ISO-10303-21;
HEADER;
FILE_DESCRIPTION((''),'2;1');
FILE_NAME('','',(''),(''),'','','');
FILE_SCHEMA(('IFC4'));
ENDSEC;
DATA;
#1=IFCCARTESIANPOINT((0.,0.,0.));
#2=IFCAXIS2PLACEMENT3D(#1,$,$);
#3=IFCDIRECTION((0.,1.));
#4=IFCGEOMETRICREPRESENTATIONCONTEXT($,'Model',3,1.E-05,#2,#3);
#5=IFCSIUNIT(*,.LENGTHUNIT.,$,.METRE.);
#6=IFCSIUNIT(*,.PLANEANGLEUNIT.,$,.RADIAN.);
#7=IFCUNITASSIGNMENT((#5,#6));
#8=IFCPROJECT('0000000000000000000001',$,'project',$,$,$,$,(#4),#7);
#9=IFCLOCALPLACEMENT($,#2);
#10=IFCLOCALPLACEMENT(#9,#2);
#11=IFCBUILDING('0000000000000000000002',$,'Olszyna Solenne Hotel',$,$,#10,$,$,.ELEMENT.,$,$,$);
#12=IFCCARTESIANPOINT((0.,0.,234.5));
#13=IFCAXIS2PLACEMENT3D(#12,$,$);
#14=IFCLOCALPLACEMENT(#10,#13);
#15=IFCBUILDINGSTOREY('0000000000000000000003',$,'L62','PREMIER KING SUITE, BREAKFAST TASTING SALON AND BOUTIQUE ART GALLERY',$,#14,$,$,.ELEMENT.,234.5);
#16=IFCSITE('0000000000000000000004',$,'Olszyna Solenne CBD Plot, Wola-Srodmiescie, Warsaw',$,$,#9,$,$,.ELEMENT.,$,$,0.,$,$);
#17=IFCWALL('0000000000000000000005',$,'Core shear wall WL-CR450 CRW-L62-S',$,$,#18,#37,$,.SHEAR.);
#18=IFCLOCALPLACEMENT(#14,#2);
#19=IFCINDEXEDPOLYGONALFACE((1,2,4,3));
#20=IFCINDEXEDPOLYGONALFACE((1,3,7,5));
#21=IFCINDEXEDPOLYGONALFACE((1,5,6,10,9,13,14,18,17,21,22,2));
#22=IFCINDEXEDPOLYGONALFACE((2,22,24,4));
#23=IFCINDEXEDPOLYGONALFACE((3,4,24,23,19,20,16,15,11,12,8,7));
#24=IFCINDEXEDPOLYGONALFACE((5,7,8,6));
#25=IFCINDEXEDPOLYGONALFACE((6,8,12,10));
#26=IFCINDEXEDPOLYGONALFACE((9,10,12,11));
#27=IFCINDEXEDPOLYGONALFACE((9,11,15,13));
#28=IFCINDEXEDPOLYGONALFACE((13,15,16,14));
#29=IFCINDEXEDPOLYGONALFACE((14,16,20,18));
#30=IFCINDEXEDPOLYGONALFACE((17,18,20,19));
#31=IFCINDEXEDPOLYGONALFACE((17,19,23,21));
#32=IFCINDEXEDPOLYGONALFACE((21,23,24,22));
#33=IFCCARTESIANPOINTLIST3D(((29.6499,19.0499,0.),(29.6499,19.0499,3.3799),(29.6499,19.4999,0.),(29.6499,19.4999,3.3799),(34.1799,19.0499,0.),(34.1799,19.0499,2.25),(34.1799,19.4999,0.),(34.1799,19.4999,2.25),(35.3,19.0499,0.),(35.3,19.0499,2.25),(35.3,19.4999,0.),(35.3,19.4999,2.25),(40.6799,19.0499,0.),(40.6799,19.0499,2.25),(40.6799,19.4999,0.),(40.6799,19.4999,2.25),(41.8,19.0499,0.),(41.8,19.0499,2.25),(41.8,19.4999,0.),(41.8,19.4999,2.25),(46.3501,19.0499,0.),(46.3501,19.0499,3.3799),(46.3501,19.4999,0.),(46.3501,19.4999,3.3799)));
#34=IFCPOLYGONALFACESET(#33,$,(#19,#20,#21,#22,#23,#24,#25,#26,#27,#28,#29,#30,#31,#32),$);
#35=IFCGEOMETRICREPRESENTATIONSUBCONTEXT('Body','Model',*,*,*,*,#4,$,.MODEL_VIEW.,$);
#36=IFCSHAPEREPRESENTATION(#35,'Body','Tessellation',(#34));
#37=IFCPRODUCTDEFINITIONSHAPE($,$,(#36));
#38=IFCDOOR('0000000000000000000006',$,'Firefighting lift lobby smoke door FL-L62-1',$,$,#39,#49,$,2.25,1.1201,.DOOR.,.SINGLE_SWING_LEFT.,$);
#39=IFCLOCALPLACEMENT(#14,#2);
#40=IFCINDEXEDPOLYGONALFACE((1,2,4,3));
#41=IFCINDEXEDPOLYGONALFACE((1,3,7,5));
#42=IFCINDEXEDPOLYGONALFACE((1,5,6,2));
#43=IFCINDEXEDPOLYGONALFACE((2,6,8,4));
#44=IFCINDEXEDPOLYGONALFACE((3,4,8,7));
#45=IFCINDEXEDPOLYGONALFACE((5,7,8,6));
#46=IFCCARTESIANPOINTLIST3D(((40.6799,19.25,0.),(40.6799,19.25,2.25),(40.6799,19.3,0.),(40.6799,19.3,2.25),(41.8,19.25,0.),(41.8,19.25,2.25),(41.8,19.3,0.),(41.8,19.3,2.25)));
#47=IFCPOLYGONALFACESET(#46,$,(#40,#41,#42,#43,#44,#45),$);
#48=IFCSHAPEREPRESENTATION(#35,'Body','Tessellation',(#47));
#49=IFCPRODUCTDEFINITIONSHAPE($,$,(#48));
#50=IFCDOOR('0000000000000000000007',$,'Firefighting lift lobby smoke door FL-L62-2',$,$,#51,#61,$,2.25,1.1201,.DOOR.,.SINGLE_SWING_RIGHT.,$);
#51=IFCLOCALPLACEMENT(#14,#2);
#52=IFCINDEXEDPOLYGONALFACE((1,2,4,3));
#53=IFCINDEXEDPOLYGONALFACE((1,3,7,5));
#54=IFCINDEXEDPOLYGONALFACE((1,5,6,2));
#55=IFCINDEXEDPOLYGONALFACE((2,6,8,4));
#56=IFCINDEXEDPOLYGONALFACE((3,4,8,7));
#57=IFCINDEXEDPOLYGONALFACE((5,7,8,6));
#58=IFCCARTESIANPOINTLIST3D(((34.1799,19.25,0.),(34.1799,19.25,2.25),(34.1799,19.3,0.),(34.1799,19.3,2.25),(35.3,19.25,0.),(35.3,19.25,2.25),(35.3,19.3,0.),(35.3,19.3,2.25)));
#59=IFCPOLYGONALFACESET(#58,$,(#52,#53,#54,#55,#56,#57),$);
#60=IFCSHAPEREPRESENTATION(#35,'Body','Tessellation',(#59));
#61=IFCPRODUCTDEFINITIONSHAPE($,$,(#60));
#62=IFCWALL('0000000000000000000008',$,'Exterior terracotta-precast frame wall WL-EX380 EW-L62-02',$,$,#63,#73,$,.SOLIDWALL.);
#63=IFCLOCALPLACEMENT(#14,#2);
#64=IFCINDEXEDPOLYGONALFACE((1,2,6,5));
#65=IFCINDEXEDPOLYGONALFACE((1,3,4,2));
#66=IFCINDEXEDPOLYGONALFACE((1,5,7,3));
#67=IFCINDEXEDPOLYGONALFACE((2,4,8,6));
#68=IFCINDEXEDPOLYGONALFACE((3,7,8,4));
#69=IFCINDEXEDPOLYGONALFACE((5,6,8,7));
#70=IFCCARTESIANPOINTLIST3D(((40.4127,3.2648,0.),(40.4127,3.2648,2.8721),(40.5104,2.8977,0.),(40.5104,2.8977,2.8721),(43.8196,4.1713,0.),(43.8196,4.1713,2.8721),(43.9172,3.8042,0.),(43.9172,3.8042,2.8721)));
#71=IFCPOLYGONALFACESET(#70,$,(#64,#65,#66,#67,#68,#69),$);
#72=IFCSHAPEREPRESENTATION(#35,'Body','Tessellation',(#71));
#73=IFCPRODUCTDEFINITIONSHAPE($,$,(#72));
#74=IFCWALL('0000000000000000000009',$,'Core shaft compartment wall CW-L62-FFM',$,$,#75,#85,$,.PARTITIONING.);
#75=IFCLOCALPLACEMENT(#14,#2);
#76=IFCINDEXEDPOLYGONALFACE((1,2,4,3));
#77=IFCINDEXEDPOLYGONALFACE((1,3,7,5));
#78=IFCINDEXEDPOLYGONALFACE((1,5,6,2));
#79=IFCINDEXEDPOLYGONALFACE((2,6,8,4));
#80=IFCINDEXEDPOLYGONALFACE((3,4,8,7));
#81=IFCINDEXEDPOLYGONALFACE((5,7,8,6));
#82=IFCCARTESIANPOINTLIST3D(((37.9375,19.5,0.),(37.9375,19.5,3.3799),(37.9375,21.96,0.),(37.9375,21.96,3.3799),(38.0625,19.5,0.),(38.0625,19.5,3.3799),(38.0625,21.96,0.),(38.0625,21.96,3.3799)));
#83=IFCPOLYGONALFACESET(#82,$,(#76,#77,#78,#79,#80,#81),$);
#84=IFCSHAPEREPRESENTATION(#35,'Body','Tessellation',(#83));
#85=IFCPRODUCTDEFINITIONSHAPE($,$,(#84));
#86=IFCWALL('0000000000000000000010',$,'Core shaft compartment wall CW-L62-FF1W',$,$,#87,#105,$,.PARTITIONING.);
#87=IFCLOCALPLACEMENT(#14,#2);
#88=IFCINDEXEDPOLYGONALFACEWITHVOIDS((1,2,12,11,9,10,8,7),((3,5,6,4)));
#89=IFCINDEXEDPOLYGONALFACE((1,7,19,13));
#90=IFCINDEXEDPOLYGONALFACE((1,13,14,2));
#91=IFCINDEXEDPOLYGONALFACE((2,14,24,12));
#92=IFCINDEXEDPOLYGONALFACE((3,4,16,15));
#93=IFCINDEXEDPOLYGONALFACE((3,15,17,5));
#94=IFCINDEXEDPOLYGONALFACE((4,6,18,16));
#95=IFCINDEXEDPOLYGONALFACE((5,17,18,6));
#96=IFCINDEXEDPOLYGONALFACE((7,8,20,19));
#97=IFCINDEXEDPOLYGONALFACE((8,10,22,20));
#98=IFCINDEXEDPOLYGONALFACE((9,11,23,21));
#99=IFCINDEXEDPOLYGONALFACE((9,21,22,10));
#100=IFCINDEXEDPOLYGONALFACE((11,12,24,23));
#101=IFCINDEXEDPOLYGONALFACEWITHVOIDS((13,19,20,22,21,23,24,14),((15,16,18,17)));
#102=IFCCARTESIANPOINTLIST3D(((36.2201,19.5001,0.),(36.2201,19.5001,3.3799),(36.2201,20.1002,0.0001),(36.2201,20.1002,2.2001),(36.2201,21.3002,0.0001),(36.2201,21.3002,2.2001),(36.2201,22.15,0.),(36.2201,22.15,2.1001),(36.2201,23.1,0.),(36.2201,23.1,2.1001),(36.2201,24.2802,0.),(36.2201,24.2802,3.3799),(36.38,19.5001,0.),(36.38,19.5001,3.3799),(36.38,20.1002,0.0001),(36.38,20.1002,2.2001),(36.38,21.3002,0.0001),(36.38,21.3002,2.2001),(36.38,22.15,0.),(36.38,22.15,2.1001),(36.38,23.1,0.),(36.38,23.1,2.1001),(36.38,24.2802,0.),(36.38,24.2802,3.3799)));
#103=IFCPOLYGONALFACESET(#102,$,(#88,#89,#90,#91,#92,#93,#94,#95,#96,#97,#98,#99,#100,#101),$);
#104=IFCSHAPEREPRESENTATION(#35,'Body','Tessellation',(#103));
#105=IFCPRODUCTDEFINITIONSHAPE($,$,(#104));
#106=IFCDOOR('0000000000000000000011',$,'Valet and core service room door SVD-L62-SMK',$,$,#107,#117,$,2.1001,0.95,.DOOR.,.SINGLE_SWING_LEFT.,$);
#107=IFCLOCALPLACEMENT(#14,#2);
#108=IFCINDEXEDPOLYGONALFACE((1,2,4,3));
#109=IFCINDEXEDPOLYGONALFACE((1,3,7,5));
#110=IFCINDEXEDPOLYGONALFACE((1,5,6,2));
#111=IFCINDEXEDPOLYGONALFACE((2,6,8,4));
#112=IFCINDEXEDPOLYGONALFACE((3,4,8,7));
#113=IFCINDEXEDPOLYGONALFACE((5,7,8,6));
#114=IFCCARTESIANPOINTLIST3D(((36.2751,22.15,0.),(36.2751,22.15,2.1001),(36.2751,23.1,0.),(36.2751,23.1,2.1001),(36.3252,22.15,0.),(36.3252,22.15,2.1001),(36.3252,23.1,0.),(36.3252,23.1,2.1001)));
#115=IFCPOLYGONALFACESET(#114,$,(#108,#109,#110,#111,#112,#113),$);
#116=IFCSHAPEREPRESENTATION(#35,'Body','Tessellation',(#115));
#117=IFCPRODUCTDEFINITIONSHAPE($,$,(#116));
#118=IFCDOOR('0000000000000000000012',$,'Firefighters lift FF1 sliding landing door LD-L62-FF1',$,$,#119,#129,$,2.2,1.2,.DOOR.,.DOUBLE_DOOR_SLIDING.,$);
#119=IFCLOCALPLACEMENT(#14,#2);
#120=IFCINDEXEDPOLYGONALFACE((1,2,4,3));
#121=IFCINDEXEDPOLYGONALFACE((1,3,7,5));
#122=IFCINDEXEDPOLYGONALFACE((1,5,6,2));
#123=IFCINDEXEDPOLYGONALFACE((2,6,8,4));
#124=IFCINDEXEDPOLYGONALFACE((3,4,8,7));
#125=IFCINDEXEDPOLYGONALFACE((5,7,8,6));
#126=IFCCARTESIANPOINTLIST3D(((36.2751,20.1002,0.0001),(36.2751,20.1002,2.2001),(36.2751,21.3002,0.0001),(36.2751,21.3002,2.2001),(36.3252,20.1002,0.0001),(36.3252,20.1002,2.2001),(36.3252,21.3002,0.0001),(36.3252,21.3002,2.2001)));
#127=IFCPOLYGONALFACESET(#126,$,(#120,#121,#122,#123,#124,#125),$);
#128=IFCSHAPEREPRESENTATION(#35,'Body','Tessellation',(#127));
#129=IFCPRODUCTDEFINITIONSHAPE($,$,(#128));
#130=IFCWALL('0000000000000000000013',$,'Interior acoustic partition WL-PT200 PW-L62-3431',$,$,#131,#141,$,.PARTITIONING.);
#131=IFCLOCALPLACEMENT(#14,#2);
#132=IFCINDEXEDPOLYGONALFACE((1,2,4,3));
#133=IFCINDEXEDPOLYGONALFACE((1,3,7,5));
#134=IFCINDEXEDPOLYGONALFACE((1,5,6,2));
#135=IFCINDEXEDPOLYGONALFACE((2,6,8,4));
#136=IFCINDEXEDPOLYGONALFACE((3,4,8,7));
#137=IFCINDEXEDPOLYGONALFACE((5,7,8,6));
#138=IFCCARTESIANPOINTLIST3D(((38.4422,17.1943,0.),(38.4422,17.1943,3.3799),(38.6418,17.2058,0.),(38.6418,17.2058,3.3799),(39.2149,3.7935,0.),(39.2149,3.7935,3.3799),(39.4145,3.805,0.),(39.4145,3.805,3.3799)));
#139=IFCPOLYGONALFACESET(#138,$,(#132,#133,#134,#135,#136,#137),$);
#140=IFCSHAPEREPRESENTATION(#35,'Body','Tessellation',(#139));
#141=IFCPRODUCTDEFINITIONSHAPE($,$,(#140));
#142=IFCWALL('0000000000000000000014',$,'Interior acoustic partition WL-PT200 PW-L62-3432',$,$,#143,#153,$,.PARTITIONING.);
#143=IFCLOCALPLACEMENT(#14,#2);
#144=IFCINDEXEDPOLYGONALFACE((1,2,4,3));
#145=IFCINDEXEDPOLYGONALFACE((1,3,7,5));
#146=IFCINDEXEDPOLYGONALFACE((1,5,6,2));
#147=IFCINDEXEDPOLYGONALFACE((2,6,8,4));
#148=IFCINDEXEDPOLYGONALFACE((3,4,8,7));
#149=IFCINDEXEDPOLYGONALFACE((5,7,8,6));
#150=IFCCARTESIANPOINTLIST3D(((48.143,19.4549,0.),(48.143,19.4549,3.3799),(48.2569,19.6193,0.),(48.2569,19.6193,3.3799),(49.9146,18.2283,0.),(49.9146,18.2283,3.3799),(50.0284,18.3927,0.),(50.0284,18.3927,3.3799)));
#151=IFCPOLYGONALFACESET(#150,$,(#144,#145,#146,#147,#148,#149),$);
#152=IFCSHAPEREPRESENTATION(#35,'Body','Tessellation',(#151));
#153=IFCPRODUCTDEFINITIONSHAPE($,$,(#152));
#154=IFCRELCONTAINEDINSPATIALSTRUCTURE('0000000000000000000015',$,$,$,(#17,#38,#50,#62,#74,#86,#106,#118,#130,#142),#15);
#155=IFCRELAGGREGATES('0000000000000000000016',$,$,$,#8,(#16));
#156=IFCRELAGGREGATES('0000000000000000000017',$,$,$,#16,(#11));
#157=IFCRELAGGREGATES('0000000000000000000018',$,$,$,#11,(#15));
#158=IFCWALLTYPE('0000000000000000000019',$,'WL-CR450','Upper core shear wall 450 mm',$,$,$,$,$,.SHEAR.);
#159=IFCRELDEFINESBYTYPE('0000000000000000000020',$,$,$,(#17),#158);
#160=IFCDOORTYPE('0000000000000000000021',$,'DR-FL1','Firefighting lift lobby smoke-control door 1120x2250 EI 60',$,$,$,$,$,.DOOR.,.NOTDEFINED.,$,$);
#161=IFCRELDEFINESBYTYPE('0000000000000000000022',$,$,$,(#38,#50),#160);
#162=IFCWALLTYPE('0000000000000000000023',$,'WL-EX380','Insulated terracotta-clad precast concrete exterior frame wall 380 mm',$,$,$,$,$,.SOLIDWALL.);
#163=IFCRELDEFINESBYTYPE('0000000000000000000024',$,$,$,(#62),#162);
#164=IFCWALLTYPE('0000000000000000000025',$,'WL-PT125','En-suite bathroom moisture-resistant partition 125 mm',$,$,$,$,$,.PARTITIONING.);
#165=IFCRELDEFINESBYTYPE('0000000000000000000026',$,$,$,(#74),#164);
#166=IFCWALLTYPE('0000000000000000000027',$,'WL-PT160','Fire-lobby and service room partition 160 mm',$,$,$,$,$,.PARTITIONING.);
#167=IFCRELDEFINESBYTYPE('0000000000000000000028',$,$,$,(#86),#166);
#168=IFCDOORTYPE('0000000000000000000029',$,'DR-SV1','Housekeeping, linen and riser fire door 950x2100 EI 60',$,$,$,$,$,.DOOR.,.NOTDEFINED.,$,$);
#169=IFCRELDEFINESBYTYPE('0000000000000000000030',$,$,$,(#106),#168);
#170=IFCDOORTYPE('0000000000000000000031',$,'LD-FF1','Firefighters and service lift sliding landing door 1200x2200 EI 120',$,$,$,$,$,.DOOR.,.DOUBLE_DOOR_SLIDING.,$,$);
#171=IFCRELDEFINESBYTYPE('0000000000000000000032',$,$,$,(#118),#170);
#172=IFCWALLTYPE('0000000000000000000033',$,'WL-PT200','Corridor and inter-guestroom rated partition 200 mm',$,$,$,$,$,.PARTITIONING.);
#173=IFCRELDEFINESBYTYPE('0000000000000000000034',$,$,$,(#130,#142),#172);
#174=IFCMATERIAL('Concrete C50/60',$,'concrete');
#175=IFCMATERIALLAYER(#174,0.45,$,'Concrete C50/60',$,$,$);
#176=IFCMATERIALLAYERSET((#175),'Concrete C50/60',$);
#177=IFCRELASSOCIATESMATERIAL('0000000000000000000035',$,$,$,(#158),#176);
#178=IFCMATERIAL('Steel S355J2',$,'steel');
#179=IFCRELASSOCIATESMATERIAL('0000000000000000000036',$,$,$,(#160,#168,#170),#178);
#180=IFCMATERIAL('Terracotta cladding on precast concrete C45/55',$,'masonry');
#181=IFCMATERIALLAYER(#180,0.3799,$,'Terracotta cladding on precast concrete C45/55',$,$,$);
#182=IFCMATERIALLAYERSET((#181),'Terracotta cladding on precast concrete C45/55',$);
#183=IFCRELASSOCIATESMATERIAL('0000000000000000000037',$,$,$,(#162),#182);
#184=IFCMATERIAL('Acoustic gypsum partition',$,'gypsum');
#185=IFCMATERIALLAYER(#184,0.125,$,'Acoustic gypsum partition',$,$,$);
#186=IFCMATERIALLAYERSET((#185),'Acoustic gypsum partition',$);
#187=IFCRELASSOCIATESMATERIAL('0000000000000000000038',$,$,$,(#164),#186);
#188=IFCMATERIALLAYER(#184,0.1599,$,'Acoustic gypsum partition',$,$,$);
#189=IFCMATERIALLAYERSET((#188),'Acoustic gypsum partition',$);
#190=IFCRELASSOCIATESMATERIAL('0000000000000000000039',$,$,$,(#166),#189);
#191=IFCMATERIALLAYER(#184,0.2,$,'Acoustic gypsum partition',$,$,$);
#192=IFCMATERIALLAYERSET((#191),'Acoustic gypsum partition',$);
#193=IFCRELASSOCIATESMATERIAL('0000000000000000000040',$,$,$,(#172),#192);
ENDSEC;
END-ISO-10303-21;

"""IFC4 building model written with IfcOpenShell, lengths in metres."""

from ifc_helpers import new_model, si_unit, direction, frame, frame_2d, origin, place, context, subcontext, project, spatial, rectangle, extrude, source, transform, mapped, material, layer, layer_set, type_object, type_shapes, element, fill, save


model = new_model("IFC4")

# Units and contexts
model_context = context("Model", 3, precision=1e-05, world=origin(), true_north=direction((0.0, 1.0)))
body_context = subcontext(model_context, "Body", "Model", "MODEL_VIEW")
ifc_project = project(units=[si_unit("LENGTHUNIT", "METRE"), si_unit("PLANEANGLEUNIT", "RADIAN")], contexts=[model_context])

# Site, building, storey
site_placement = place(None, origin())
site = spatial("IfcSite", under=ifc_project, at=site_placement, Name="Olszyna Solenne CBD Plot, Wola-Srodmiescie, Warsaw", CompositionType="ELEMENT", RefElevation=0.0)
building_placement = place(site_placement, origin())
building = spatial("IfcBuilding", under=site, at=building_placement, Name="Olszyna Solenne Hotel", CompositionType="ELEMENT")
storey_placement = place(building_placement, frame((0.0, 0.0, 234.5)))
storey = spatial("IfcBuildingStorey", under=building, at=storey_placement, Name="L62", Description="PREMIER KING SUITE, BREAKFAST TASTING SALON AND BOUTIQUE ART GALLERY", CompositionType="ELEMENT", Elevation=234.5)

# Shared definitions
ifc_material_1 = material(Name="Steel S355J2", Category="steel")

# Wall, openings, doors
ifc_material_2 = material(Name="Concrete C50/60", Category="concrete")
ifc_layer_1 = layer(ifc_material_2, 0.45, Name="Concrete C50/60")
ifc_layer_set_1 = layer_set([ifc_layer_1], Name="Concrete C50/60")
wall_type_1 = type_object("IfcWallType", Name="WL-CR450", Description="Upper core shear wall 450 mm", PredefinedType="SHEAR", material=ifc_layer_set_1)
wall_1_placement = place(storey_placement, frame((46.3501, 19.2749, 0.0), z_axis=(0.0, 0.0, 1.0), x_axis=(-1.0, 0.0, 0.0)))
wall_1 = element("IfcWall", 1, at=wall_1_placement, inside=storey, type_object=wall_type_1, Name="Core shear wall WL-CR450 CRW-L62-S", PredefinedType="SHEAR", context=body_context, shape_type="SweptSolid", body=[
    extrude(rectangle(XDim=16.7002, YDim=0.45, at=frame_2d((8.3501, 0.0))), origin(), (0.0, 0.0, 1.0), 3.3799),
])
opening_1_placement = place(wall_1_placement, frame((4.55, 0.0, 0.0)))
opening_1 = element("IfcOpeningElement", 2, at=opening_1_placement, cuts=wall_1, PredefinedType="OPENING", context=body_context, shape_type="SweptSolid", body=[
    extrude(rectangle(XDim=1.1201, YDim=2.25, at=frame_2d((0.5601, 1.125))), frame((0.0, 0.2349, 0.0), z_axis=(0.0, -1.0, 0.0), x_axis=(1.0, 0.0, 0.0)), (0.0, 0.0, 1.0), 0.47),
])
opening_2_placement = place(wall_1_placement, frame((11.05, 0.0, 0.0)))
opening_2 = element("IfcOpeningElement", 3, at=opening_2_placement, cuts=wall_1, PredefinedType="OPENING", context=body_context, shape_type="SweptSolid", body=[
    extrude(rectangle(XDim=1.1201, YDim=2.25, at=frame_2d((0.5601, 1.125))), frame((0.0, 0.2349, 0.0), z_axis=(0.0, -1.0, 0.0), x_axis=(1.0, 0.0, 0.0)), (0.0, 0.0, 1.0), 0.47),
])
door_type_1 = type_object("IfcDoorType", Name="DR-FL1", Description="Firefighting lift lobby smoke-control door 1120x2250 EI 60", OperationType="NOTDEFINED", PredefinedType="DOOR", material=ifc_material_1)
shared_shape_1 = source(origin(), body_context, "Body", "SweptSolid", [
    extrude(rectangle(XDim=1.1201, YDim=2.25, at=frame_2d((0.5601, 1.125))), frame((0.0, 0.0249, 0.0), z_axis=(0.0, -1.0, 0.0), x_axis=(1.0, 0.0, 0.0)), (0.0, 0.0, 1.0), 0.05),
])
type_shapes(door_type_1, [shared_shape_1])
door_1_placement = place(opening_1_placement, origin())
door_1 = element("IfcDoor", 4, at=door_1_placement, inside=storey, type_object=door_type_1, Name="Firefighting lift lobby smoke door FL-L62-1", OperationType="SINGLE_SWING_LEFT", OverallHeight=2.25, OverallWidth=1.1201, PredefinedType="DOOR", context=body_context, shape_type="MappedRepresentation", body=[
    mapped(shared_shape_1, transform((0.0, 0.0, 0.0), x_axis=(1.0, 0.0, 0.0), y_axis=(0.0, 1.0, 0.0), z_axis=(0.0, 0.0, 1.0), scale=1.0)),
])
fill(opening_1, door_1)
door_2_placement = place(opening_2_placement, origin())
door_2 = element("IfcDoor", 5, at=door_2_placement, inside=storey, type_object=door_type_1, Name="Firefighting lift lobby smoke door FL-L62-2", OperationType="SINGLE_SWING_RIGHT", OverallHeight=2.25, OverallWidth=1.1201, PredefinedType="DOOR", context=body_context, shape_type="MappedRepresentation", body=[
    mapped(shared_shape_1, transform((0.0, 0.0, 0.0), x_axis=(1.0, 0.0, 0.0), y_axis=(0.0, 1.0, 0.0), z_axis=(0.0, 0.0, 1.0), scale=1.0)),
])
fill(opening_2, door_2)

# Walls
ifc_material_3 = material(Name="Terracotta cladding on precast concrete C45/55", Category="masonry")
ifc_layer_2 = layer(ifc_material_3, 0.3799, Name="Terracotta cladding on precast concrete C45/55")
ifc_layer_set_2 = layer_set([ifc_layer_2], Name="Terracotta cladding on precast concrete C45/55")
wall_type_2 = type_object("IfcWallType", Name="WL-EX380", Description="Insulated terracotta-clad precast concrete exterior frame wall 380 mm", PredefinedType="SOLIDWALL", material=ifc_layer_set_2)
wall_2_placement = place(storey_placement, frame((43.8684, 3.9878, 0.0), z_axis=(0.0, 0.0, 1.0), x_axis=(-0.966374, -0.257141, 0.0)))
element("IfcWall", 6, at=wall_2_placement, inside=storey, type_object=wall_type_2, Name="Exterior terracotta-precast frame wall WL-EX380 EW-L62-02", PredefinedType="SOLIDWALL", context=body_context, shape_type="SweptSolid", body=[
    extrude(rectangle(XDim=3.5254, YDim=0.3799, at=frame_2d((1.7627, 0.0))), origin(), (0.0, 0.0, 1.0), 2.8721),
])
ifc_material_4 = material(Name="Acoustic gypsum partition", Category="gypsum")
ifc_layer_3 = layer(ifc_material_4, 0.125, Name="Acoustic gypsum partition")
ifc_layer_set_3 = layer_set([ifc_layer_3], Name="Acoustic gypsum partition")
wall_type_3 = type_object("IfcWallType", Name="WL-PT125", Description="En-suite bathroom moisture-resistant partition 125 mm", PredefinedType="PARTITIONING", material=ifc_layer_set_3)
wall_3_placement = place(storey_placement, frame((38.0, 19.5, 0.0), z_axis=(0.0, 0.0, 1.0), x_axis=(0.0, 1.0, 0.0)))
element("IfcWall", 7, at=wall_3_placement, inside=storey, type_object=wall_type_3, Name="Core shaft compartment wall CW-L62-FFM", PredefinedType="PARTITIONING", context=body_context, shape_type="SweptSolid", body=[
    extrude(rectangle(XDim=2.46, YDim=0.125, at=frame_2d((1.23, 0.0))), origin(), (0.0, 0.0, 1.0), 3.3799),
])

# Wall, openings, doors
ifc_layer_4 = layer(ifc_material_4, 0.1599, Name="Acoustic gypsum partition")
ifc_layer_set_4 = layer_set([ifc_layer_4], Name="Acoustic gypsum partition")
wall_type_4 = type_object("IfcWallType", Name="WL-PT160", Description="Fire-lobby and service room partition 160 mm", PredefinedType="PARTITIONING", material=ifc_layer_set_4)
wall_4_placement = place(storey_placement, frame((36.3, 19.5, 0.0), z_axis=(0.0, 0.0, 1.0), x_axis=(0.0, 1.0, 0.0)))
wall_4 = element("IfcWall", 8, at=wall_4_placement, inside=storey, type_object=wall_type_4, Name="Core shaft compartment wall CW-L62-FF1W", PredefinedType="PARTITIONING", context=body_context, shape_type="SweptSolid", body=[
    extrude(rectangle(XDim=4.78, YDim=0.1599, at=frame_2d((2.3901, 0.0))), origin(), (0.0, 0.0, 1.0), 3.3799),
])
opening_3_placement = place(wall_4_placement, frame((0.6001, 0.0, 0.0)))
opening_3 = element("IfcOpeningElement", 9, at=opening_3_placement, cuts=wall_4, PredefinedType="OPENING", context=body_context, shape_type="SweptSolid", body=[
    extrude(rectangle(XDim=1.2, YDim=2.2, at=frame_2d((0.6001, 1.1001))), frame((0.0, 0.0898, 0.0), z_axis=(0.0, -1.0, 0.0), x_axis=(1.0, 0.0, 0.0)), (0.0, 0.0, 1.0), 0.1799),
])
opening_4_placement = place(wall_4_placement, frame((2.6499, 0.0, 0.0)))
opening_4 = element("IfcOpeningElement", 10, at=opening_4_placement, cuts=wall_4, PredefinedType="OPENING", context=body_context, shape_type="SweptSolid", body=[
    extrude(rectangle(XDim=0.95, YDim=2.1001, at=frame_2d((0.4751, 1.05))), frame((0.0, 0.0898, 0.0), z_axis=(0.0, -1.0, 0.0), x_axis=(1.0, 0.0, 0.0)), (0.0, 0.0, 1.0), 0.1799),
])
door_type_2 = type_object("IfcDoorType", Name="DR-SV1", Description="Housekeeping, linen and riser fire door 950x2100 EI 60", OperationType="NOTDEFINED", PredefinedType="DOOR", material=ifc_material_1)
shared_shape_2 = source(origin(), body_context, "Body", "SweptSolid", [
    extrude(rectangle(XDim=0.95, YDim=2.1001, at=frame_2d((0.4751, 1.05))), frame((0.0, 0.0249, 0.0), z_axis=(0.0, -1.0, 0.0), x_axis=(1.0, 0.0, 0.0)), (0.0, 0.0, 1.0), 0.05),
])
type_shapes(door_type_2, [shared_shape_2])
door_3_placement = place(opening_4_placement, origin())
door_3 = element("IfcDoor", 11, at=door_3_placement, inside=storey, type_object=door_type_2, Name="Valet and core service room door SVD-L62-SMK", OperationType="SINGLE_SWING_LEFT", OverallHeight=2.1001, OverallWidth=0.95, PredefinedType="DOOR", context=body_context, shape_type="MappedRepresentation", body=[
    mapped(shared_shape_2, transform((0.0, 0.0, 0.0), x_axis=(1.0, 0.0, 0.0), y_axis=(0.0, 1.0, 0.0), z_axis=(0.0, 0.0, 1.0), scale=1.0)),
])
fill(opening_4, door_3)
door_type_3 = type_object("IfcDoorType", Name="LD-FF1", Description="Firefighters and service lift sliding landing door 1200x2200 EI 120", OperationType="DOUBLE_DOOR_SLIDING", PredefinedType="DOOR", material=ifc_material_1)
shared_shape_3 = source(origin(), body_context, "Body", "SweptSolid", [
    extrude(rectangle(XDim=1.2, YDim=2.2, at=frame_2d((0.6001, 1.1001))), frame((0.0, 0.0249, 0.0), z_axis=(0.0, -1.0, 0.0), x_axis=(1.0, 0.0, 0.0)), (0.0, 0.0, 1.0), 0.05),
])
type_shapes(door_type_3, [shared_shape_3])
door_4_placement = place(opening_3_placement, origin())
door_4 = element("IfcDoor", 12, at=door_4_placement, inside=storey, type_object=door_type_3, Name="Firefighters lift FF1 sliding landing door LD-L62-FF1", OperationType="DOUBLE_DOOR_SLIDING", OverallHeight=2.2, OverallWidth=1.2, PredefinedType="DOOR", context=body_context, shape_type="MappedRepresentation", body=[
    mapped(shared_shape_3, transform((0.0, 0.0, 0.0), x_axis=(1.0, 0.0, 0.0), y_axis=(0.0, 1.0, 0.0), z_axis=(0.0, 0.0, 1.0), scale=1.0)),
])
fill(opening_3, door_4)

# Walls
ifc_layer_5 = layer(ifc_material_4, 0.2, Name="Acoustic gypsum partition")
ifc_layer_set_5 = layer_set([ifc_layer_5], Name="Acoustic gypsum partition")
wall_type_5 = type_object("IfcWallType", Name="WL-PT200", Description="Corridor and inter-guestroom rated partition 200 mm", PredefinedType="PARTITIONING", material=ifc_layer_set_5)
wall_5_placement = place(storey_placement, frame((38.542, 17.2, 0.0), z_axis=(0.0, 0.0, 1.0), x_axis=(0.057565, -0.998342, 0.0)))
element("IfcWall", 13, at=wall_5_placement, inside=storey, type_object=wall_type_5, Name="Interior acoustic partition WL-PT200 PW-L62-3431", PredefinedType="PARTITIONING", context=body_context, shape_type="SweptSolid", body=[
    extrude(rectangle(XDim=13.4231, YDim=0.2, at=frame_2d((6.7114, 0.0))), origin(), (0.0, 0.0, 1.0), 3.3799),
])
wall_6_placement = place(storey_placement, frame((48.2, 19.5371, 0.0), z_axis=(0.0, 0.0, 1.0), x_axis=(0.82216, -0.569257, 0.0)))
element("IfcWall", 14, at=wall_6_placement, inside=storey, type_object=wall_type_5, Name="Interior acoustic partition WL-PT200 PW-L62-3432", PredefinedType="PARTITIONING", context=body_context, shape_type="SweptSolid", body=[
    extrude(rectangle(XDim=2.1548, YDim=0.2, at=frame_2d((1.0774, 0.0))), origin(), (0.0, 0.0, 1.0), 3.3799),
])

save(model, "model.ifc")
